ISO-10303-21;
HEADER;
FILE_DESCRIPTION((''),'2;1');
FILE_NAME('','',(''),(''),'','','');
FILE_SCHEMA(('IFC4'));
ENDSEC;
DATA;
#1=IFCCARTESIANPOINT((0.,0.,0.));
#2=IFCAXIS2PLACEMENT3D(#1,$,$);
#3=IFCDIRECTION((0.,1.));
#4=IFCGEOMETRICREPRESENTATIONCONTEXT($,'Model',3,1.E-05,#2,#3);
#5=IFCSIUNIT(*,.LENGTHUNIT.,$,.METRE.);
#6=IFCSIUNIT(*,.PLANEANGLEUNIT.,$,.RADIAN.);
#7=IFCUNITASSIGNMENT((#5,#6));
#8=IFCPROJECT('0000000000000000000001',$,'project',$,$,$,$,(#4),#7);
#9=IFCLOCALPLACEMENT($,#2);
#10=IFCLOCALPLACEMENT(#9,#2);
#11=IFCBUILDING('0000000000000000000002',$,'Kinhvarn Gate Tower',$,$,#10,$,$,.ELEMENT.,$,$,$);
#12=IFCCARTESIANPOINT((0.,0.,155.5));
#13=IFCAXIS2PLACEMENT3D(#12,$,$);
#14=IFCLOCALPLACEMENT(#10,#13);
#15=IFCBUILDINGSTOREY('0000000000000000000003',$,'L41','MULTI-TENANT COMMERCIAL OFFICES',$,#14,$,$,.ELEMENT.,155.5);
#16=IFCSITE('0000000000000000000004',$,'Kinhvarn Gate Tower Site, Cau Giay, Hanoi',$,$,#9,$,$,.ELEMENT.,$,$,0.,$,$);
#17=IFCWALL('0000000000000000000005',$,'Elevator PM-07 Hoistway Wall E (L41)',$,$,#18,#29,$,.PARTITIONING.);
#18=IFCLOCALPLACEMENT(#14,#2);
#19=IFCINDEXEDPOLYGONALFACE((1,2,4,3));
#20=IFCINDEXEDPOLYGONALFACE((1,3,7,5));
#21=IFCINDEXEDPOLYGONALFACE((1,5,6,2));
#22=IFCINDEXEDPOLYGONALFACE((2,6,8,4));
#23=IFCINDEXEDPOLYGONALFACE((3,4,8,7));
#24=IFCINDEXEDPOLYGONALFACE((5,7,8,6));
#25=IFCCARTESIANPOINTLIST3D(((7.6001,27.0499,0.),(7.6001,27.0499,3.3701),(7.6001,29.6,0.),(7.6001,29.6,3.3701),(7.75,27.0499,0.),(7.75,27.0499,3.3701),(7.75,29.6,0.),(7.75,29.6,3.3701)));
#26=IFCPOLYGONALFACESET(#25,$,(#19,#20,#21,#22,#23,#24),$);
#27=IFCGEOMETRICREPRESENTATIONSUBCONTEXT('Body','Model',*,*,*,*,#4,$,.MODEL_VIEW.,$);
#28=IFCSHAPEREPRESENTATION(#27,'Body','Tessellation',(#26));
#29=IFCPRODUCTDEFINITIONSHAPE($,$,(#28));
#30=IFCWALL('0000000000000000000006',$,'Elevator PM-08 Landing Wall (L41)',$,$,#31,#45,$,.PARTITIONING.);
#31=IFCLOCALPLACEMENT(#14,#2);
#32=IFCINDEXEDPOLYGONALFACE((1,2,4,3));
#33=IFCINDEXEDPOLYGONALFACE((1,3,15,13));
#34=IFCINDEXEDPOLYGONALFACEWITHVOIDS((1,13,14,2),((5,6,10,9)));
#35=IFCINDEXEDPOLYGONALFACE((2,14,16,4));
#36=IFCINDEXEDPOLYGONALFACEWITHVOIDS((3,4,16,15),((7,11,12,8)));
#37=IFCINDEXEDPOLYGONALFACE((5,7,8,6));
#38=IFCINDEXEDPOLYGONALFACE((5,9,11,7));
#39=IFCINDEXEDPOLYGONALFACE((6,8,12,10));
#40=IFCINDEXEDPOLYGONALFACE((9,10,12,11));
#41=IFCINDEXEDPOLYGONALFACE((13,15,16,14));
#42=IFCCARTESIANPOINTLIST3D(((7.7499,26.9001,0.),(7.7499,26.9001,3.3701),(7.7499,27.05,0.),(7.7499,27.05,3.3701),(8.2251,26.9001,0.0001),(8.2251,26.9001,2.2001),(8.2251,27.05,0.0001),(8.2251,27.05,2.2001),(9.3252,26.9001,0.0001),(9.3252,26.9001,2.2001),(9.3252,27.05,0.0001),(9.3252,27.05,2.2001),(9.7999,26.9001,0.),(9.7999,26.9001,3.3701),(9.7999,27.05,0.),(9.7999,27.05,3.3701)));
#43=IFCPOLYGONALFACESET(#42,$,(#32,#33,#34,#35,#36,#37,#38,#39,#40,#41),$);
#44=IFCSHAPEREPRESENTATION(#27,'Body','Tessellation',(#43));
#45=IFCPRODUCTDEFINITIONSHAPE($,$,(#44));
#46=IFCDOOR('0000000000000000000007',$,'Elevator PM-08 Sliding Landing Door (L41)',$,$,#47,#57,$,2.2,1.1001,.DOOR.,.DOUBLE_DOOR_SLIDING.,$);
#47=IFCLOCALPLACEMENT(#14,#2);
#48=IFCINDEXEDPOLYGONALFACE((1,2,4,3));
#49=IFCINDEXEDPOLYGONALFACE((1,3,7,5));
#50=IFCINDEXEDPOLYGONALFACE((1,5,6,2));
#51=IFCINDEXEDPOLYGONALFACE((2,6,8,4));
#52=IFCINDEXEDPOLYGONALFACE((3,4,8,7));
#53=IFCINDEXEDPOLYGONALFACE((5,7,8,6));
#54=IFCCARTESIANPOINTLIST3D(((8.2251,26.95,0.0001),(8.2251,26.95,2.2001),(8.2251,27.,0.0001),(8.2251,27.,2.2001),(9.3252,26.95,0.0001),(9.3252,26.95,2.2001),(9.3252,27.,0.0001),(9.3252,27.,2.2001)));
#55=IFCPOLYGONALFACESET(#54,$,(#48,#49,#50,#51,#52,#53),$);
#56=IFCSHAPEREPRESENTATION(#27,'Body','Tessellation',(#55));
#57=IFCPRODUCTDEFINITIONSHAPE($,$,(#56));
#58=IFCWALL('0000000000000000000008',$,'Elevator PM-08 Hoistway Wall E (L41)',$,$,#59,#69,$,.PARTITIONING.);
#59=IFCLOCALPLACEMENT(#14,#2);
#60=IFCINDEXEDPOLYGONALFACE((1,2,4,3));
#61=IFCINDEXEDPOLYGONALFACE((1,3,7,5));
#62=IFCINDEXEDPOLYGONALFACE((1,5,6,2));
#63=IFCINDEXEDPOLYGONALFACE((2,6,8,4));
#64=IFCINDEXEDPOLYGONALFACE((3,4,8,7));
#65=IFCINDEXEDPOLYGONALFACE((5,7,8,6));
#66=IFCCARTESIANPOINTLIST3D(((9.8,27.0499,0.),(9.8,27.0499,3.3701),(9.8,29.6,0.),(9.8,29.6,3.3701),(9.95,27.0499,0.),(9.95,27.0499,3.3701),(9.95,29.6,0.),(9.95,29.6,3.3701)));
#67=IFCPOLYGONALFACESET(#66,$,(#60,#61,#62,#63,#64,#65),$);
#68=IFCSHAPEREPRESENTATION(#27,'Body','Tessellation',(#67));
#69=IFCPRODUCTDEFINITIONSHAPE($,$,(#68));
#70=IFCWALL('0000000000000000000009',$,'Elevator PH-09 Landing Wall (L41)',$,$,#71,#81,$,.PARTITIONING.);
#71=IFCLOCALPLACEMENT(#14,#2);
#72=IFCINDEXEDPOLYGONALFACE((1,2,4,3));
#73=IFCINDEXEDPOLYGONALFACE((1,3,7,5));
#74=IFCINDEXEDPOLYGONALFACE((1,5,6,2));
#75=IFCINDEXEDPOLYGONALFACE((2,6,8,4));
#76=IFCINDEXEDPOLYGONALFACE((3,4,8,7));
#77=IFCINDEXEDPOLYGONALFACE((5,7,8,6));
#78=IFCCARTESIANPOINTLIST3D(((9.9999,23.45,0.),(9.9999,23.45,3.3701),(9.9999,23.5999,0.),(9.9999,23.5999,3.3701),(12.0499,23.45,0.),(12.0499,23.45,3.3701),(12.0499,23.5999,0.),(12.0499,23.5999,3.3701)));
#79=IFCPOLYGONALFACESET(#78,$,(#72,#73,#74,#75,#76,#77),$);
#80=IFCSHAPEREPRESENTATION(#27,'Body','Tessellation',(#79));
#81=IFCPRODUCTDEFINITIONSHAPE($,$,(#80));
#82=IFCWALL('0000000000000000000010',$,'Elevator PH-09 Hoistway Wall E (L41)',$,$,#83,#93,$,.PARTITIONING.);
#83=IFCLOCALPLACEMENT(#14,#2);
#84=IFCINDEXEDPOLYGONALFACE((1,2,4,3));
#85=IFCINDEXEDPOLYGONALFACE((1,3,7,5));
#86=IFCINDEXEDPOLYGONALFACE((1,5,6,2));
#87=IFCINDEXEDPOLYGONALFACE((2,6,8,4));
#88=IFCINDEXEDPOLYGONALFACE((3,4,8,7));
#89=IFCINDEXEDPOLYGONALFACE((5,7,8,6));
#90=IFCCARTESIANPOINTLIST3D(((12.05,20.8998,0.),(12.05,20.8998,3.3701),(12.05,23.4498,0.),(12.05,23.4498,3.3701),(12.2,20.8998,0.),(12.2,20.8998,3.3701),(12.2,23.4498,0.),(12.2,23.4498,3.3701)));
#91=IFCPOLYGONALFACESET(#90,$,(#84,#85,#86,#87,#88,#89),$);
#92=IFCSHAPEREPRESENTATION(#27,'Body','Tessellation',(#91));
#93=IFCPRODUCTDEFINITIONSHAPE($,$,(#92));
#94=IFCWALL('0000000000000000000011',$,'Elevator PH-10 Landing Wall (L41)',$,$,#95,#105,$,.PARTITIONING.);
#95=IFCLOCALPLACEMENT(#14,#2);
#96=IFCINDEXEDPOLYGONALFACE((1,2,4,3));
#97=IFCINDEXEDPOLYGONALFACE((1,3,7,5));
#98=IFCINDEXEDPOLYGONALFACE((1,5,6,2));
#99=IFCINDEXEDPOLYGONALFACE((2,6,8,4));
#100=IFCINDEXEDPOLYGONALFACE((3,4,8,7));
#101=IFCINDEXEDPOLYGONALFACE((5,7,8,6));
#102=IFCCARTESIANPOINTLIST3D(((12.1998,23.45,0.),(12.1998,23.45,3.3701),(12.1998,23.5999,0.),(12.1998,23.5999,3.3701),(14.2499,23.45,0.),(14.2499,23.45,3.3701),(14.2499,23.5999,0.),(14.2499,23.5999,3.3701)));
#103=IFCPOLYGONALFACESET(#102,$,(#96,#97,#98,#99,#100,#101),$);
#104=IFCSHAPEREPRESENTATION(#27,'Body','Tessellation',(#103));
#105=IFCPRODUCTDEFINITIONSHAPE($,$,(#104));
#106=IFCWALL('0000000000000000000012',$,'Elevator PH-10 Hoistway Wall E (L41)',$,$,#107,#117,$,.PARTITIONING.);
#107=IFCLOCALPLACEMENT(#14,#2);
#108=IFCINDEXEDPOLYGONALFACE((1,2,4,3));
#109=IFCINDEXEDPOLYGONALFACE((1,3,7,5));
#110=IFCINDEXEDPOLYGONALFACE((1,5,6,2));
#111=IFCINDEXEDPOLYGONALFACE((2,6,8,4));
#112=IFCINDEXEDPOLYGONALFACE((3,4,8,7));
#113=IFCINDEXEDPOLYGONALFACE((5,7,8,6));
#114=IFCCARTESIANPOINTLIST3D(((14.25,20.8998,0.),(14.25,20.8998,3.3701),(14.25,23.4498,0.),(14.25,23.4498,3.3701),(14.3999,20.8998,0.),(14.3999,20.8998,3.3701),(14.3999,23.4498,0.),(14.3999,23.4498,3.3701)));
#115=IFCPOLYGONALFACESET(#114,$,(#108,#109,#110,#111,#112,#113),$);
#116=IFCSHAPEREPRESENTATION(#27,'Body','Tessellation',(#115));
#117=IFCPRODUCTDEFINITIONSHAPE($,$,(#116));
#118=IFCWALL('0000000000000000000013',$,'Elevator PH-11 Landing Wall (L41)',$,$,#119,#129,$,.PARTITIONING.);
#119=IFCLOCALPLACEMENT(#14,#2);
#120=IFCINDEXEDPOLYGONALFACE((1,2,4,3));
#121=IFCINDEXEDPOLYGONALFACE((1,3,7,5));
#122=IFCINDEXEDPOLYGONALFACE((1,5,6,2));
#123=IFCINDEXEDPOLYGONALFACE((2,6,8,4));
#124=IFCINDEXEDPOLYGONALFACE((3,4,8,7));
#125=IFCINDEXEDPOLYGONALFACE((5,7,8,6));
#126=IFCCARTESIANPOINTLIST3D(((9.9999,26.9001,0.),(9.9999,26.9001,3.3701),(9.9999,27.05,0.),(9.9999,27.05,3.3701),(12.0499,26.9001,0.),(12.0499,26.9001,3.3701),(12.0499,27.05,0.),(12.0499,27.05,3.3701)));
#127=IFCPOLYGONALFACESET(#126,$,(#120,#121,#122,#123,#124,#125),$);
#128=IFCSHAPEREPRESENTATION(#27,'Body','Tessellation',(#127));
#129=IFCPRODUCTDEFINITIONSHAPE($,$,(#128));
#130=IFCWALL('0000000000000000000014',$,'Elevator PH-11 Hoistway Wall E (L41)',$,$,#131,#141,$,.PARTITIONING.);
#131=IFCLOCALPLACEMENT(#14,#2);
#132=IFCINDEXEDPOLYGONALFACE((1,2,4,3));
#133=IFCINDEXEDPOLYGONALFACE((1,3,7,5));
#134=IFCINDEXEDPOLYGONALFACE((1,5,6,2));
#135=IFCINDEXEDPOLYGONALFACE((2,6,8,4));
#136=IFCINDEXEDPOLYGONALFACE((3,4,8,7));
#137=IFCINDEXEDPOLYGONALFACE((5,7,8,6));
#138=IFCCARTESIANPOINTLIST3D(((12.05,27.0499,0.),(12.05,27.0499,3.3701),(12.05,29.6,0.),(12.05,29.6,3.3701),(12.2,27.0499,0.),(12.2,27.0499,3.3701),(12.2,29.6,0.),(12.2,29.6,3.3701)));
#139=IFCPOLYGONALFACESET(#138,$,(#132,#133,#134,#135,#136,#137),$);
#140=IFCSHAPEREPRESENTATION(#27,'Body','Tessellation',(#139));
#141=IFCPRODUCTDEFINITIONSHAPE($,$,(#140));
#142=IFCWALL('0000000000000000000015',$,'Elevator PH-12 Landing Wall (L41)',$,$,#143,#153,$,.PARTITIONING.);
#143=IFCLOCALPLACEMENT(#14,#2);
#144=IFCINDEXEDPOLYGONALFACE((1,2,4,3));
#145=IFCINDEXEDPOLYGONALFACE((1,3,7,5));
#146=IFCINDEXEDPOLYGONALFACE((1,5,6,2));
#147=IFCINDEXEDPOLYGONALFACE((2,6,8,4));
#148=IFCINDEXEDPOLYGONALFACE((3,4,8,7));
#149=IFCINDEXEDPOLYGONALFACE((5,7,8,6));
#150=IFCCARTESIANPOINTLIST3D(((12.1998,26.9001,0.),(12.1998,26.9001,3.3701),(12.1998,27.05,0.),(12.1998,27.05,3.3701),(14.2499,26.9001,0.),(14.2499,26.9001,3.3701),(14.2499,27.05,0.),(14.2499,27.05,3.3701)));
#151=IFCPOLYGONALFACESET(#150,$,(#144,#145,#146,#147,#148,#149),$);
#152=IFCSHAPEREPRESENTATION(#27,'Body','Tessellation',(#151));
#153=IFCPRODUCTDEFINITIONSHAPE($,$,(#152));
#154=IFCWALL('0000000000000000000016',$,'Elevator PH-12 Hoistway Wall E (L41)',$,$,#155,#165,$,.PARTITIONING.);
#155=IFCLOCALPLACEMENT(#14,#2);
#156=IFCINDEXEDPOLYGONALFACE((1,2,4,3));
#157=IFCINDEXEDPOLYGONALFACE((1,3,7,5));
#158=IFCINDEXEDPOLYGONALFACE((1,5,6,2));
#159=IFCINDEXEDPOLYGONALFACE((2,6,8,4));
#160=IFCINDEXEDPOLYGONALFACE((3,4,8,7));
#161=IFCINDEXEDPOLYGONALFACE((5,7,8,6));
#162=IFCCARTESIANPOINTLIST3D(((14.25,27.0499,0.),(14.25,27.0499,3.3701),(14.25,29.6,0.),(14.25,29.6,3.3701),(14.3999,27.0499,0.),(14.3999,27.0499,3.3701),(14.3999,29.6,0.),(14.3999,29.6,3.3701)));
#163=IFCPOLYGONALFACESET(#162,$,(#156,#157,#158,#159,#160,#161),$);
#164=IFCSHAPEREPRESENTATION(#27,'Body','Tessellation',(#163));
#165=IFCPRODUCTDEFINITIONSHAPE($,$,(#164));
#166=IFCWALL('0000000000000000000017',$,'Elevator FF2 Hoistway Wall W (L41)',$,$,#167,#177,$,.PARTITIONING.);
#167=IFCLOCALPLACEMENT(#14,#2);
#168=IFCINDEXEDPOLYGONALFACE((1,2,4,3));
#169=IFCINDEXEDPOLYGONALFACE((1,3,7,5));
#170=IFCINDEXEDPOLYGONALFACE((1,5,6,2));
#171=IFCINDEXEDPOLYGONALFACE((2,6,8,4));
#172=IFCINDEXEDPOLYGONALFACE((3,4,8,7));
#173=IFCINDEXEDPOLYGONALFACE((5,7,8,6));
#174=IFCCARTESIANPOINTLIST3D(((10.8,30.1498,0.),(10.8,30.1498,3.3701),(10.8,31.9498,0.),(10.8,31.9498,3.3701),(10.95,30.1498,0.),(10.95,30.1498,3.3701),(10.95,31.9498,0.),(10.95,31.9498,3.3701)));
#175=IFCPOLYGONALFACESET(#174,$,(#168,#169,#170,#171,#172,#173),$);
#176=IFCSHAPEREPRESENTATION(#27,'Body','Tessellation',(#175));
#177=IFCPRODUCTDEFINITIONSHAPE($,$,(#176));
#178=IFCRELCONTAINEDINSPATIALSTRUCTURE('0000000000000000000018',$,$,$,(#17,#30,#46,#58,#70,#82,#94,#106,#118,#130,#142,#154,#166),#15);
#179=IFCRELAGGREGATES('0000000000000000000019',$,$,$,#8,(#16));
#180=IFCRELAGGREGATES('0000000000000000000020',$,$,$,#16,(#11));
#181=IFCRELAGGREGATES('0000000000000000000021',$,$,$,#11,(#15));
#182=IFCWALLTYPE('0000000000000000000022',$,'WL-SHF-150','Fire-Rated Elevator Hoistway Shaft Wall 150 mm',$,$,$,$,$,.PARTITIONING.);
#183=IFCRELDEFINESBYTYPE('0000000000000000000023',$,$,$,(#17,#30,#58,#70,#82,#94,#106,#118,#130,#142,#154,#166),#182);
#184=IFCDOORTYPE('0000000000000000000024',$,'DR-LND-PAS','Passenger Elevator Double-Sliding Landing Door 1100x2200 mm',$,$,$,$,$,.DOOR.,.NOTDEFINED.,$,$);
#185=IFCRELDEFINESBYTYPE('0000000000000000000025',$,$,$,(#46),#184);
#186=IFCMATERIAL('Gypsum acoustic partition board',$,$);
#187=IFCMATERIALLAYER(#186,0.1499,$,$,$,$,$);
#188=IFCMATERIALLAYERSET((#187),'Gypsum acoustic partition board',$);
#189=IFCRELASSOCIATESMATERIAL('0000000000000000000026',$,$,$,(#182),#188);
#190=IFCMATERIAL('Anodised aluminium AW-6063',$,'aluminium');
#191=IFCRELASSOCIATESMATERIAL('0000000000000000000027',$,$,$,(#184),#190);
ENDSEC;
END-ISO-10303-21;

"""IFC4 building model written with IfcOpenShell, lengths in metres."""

from ifc_helpers import new_model, si_unit, direction, frame, frame_2d, origin, place, context, subcontext, project, spatial, rectangle, extrude, material, layer, layer_set, type_object, element, fill, save


model = new_model("IFC4")

# Units and contexts
model_context = context("Model", 3, precision=1e-05, world=origin(), true_north=direction((0.0, 1.0)))
body_context = subcontext(model_context, "Body", "Model", "MODEL_VIEW")
ifc_project = project(units=[si_unit("LENGTHUNIT", "METRE"), si_unit("PLANEANGLEUNIT", "RADIAN")], contexts=[model_context])

# Site, building, storey
site_placement = place(None, origin())
site = spatial("IfcSite", under=ifc_project, at=site_placement, Name="Kinhvarn Gate Tower Site, Cau Giay, Hanoi", CompositionType="ELEMENT", RefElevation=0.0)
building_placement = place(site_placement, origin())
building = spatial("IfcBuilding", under=site, at=building_placement, Name="Kinhvarn Gate Tower", CompositionType="ELEMENT")
storey_placement = place(building_placement, frame((0.0, 0.0, 155.5)))
storey = spatial("IfcBuildingStorey", under=building, at=storey_placement, Name="L41", Description="MULTI-TENANT COMMERCIAL OFFICES", CompositionType="ELEMENT", Elevation=155.5)

# Shared definitions
ifc_material_1 = material(Name="Gypsum acoustic partition board")

# Shared definitions
ifc_layer_1 = layer(ifc_material_1, 0.1499)
ifc_layer_set_1 = layer_set([ifc_layer_1], Name="Gypsum acoustic partition board")
wall_type_1 = type_object("IfcWallType", Name="WL-SHF-150", Description="Fire-Rated Elevator Hoistway Shaft Wall 150 mm", PredefinedType="PARTITIONING", material=ifc_layer_set_1)
ifc_material_2 = material(Name="Anodised aluminium AW-6063", Category="aluminium")
door_type_1 = type_object("IfcDoorType", Name="DR-LND-PAS", Description="Passenger Elevator Double-Sliding Landing Door 1100x2200 mm", OperationType="NOTDEFINED", PredefinedType="DOOR", material=ifc_material_2)

# Wall
for number, where, z_axis, x_axis, name in (
    (1, (7.675, 27.05, 0.0), (0.0, 0.0, 1.0), (0.0, 1.0, 0.0), "Elevator PM-07 Hoistway Wall E (L41)"),
):
    element("IfcWall", number, at=place(storey_placement, frame(where, z_axis=z_axis, x_axis=x_axis)), inside=storey, type_object=wall_type_1, Name=name, PredefinedType="PARTITIONING", context=body_context, shape_type="SweptSolid", body=[
        extrude(rectangle(XDim=2.55, YDim=0.1499, at=frame_2d((1.2749, 0.0))), origin(), (0.0, 0.0, 1.0), 3.3701),
    ])

# Wall, opening, door
wall_1_placement = place(storey_placement, frame((7.75, 26.9751, 0.0), z_axis=(0.0, 0.0, 1.0), x_axis=(1.0, 0.0, 0.0)))
wall_1 = element("IfcWall", 2, at=wall_1_placement, inside=storey, type_object=wall_type_1, Name="Elevator PM-08 Landing Wall (L41)", PredefinedType="PARTITIONING", context=body_context, shape_type="SweptSolid", body=[
    extrude(rectangle(XDim=2.05, YDim=0.1499, at=frame_2d((1.0249, 0.0))), origin(), (0.0, 0.0, 1.0), 3.3701),
])
opening_1_placement = place(wall_1_placement, frame((0.4751, 0.0, 0.0)))
opening_1 = element("IfcOpeningElement", 3, at=opening_1_placement, cuts=wall_1, PredefinedType="OPENING", context=body_context, shape_type="SweptSolid", body=[
    extrude(rectangle(XDim=1.1001, YDim=2.2, at=frame_2d((0.55, 1.1001))), frame((0.0, 0.085, 0.0), z_axis=(0.0, -1.0, 0.0), x_axis=(1.0, 0.0, 0.0)), (0.0, 0.0, 1.0), 0.1699),
])
door_1_placement = place(opening_1_placement, origin())
door_1 = element("IfcDoor", 4, at=door_1_placement, inside=storey, type_object=door_type_1, Name="Elevator PM-08 Sliding Landing Door (L41)", OperationType="DOUBLE_DOOR_SLIDING", OverallHeight=2.2, OverallWidth=1.1001, PredefinedType="DOOR", context=body_context, shape_type="SweptSolid", body=[
    extrude(rectangle(XDim=1.1001, YDim=2.2, at=frame_2d((0.55, 1.1001))), frame((0.0, 0.0249, 0.0), z_axis=(0.0, -1.0, 0.0), x_axis=(1.0, 0.0, 0.0)), (0.0, 0.0, 1.0), 0.05),
])
fill(opening_1, door_1)

# Walls
wall_2_placement = place(storey_placement, frame((9.875, 27.05, 0.0), z_axis=(0.0, 0.0, 1.0), x_axis=(0.0, 1.0, 0.0)))
element("IfcWall", 5, at=wall_2_placement, inside=storey, type_object=wall_type_1, Name="Elevator PM-08 Hoistway Wall E (L41)", PredefinedType="PARTITIONING", context=body_context, shape_type="SweptSolid", body=[
    extrude(rectangle(XDim=2.55, YDim=0.1499, at=frame_2d((1.2749, 0.0))), origin(), (0.0, 0.0, 1.0), 3.3701),
])
wall_3_placement = place(storey_placement, frame((10.0, 23.5249, 0.0), z_axis=(0.0, 0.0, 1.0), x_axis=(1.0, 0.0, 0.0)))
element("IfcWall", 6, at=wall_3_placement, inside=storey, type_object=wall_type_1, Name="Elevator PH-09 Landing Wall (L41)", PredefinedType="PARTITIONING", context=body_context, shape_type="SweptSolid", body=[
    extrude(rectangle(XDim=2.05, YDim=0.1499, at=frame_2d((1.0249, 0.0))), origin(), (0.0, 0.0, 1.0), 3.3701),
])
wall_4_placement = place(storey_placement, frame((12.125, 20.8999, 0.0), z_axis=(0.0, 0.0, 1.0), x_axis=(0.0, 1.0, 0.0)))
element("IfcWall", 7, at=wall_4_placement, inside=storey, type_object=wall_type_1, Name="Elevator PH-09 Hoistway Wall E (L41)", PredefinedType="PARTITIONING", context=body_context, shape_type="SweptSolid", body=[
    extrude(rectangle(XDim=2.55, YDim=0.1499, at=frame_2d((1.2749, 0.0))), origin(), (0.0, 0.0, 1.0), 3.3701),
])
wall_5_placement = place(storey_placement, frame((12.2, 23.5249, 0.0), z_axis=(0.0, 0.0, 1.0), x_axis=(1.0, 0.0, 0.0)))
element("IfcWall", 8, at=wall_5_placement, inside=storey, type_object=wall_type_1, Name="Elevator PH-10 Landing Wall (L41)", PredefinedType="PARTITIONING", context=body_context, shape_type="SweptSolid", body=[
    extrude(rectangle(XDim=2.05, YDim=0.1499, at=frame_2d((1.0249, 0.0))), origin(), (0.0, 0.0, 1.0), 3.3701),
])
wall_6_placement = place(storey_placement, frame((14.325, 20.8999, 0.0), z_axis=(0.0, 0.0, 1.0), x_axis=(0.0, 1.0, 0.0)))
element("IfcWall", 9, at=wall_6_placement, inside=storey, type_object=wall_type_1, Name="Elevator PH-10 Hoistway Wall E (L41)", PredefinedType="PARTITIONING", context=body_context, shape_type="SweptSolid", body=[
    extrude(rectangle(XDim=2.55, YDim=0.1499, at=frame_2d((1.2749, 0.0))), origin(), (0.0, 0.0, 1.0), 3.3701),
])
wall_7_placement = place(storey_placement, frame((10.0, 26.9751, 0.0), z_axis=(0.0, 0.0, 1.0), x_axis=(1.0, 0.0, 0.0)))
element("IfcWall", 10, at=wall_7_placement, inside=storey, type_object=wall_type_1, Name="Elevator PH-11 Landing Wall (L41)", PredefinedType="PARTITIONING", context=body_context, shape_type="SweptSolid", body=[
    extrude(rectangle(XDim=2.05, YDim=0.1499, at=frame_2d((1.0249, 0.0))), origin(), (0.0, 0.0, 1.0), 3.3701),
])
wall_8_placement = place(storey_placement, frame((12.125, 27.05, 0.0), z_axis=(0.0, 0.0, 1.0), x_axis=(0.0, 1.0, 0.0)))
element("IfcWall", 11, at=wall_8_placement, inside=storey, type_object=wall_type_1, Name="Elevator PH-11 Hoistway Wall E (L41)", PredefinedType="PARTITIONING", context=body_context, shape_type="SweptSolid", body=[
    extrude(rectangle(XDim=2.55, YDim=0.1499, at=frame_2d((1.2749, 0.0))), origin(), (0.0, 0.0, 1.0), 3.3701),
])
wall_9_placement = place(storey_placement, frame((12.2, 26.9751, 0.0), z_axis=(0.0, 0.0, 1.0), x_axis=(1.0, 0.0, 0.0)))
element("IfcWall", 12, at=wall_9_placement, inside=storey, type_object=wall_type_1, Name="Elevator PH-12 Landing Wall (L41)", PredefinedType="PARTITIONING", context=body_context, shape_type="SweptSolid", body=[
    extrude(rectangle(XDim=2.05, YDim=0.1499, at=frame_2d((1.0249, 0.0))), origin(), (0.0, 0.0, 1.0), 3.3701),
])
wall_10_placement = place(storey_placement, frame((14.325, 27.05, 0.0), z_axis=(0.0, 0.0, 1.0), x_axis=(0.0, 1.0, 0.0)))
element("IfcWall", 13, at=wall_10_placement, inside=storey, type_object=wall_type_1, Name="Elevator PH-12 Hoistway Wall E (L41)", PredefinedType="PARTITIONING", context=body_context, shape_type="SweptSolid", body=[
    extrude(rectangle(XDim=2.55, YDim=0.1499, at=frame_2d((1.2749, 0.0))), origin(), (0.0, 0.0, 1.0), 3.3701),
])
wall_11_placement = place(storey_placement, frame((10.875, 30.1499, 0.0), z_axis=(0.0, 0.0, 1.0), x_axis=(0.0, 1.0, 0.0)))
element("IfcWall", 14, at=wall_11_placement, inside=storey, type_object=wall_type_1, Name="Elevator FF2 Hoistway Wall W (L41)", PredefinedType="PARTITIONING", context=body_context, shape_type="SweptSolid", body=[
    extrude(rectangle(XDim=1.8, YDim=0.1499, at=frame_2d((0.8999, 0.0))), origin(), (0.0, 0.0, 1.0), 3.3701),
])

save(model, "model.ifc")
